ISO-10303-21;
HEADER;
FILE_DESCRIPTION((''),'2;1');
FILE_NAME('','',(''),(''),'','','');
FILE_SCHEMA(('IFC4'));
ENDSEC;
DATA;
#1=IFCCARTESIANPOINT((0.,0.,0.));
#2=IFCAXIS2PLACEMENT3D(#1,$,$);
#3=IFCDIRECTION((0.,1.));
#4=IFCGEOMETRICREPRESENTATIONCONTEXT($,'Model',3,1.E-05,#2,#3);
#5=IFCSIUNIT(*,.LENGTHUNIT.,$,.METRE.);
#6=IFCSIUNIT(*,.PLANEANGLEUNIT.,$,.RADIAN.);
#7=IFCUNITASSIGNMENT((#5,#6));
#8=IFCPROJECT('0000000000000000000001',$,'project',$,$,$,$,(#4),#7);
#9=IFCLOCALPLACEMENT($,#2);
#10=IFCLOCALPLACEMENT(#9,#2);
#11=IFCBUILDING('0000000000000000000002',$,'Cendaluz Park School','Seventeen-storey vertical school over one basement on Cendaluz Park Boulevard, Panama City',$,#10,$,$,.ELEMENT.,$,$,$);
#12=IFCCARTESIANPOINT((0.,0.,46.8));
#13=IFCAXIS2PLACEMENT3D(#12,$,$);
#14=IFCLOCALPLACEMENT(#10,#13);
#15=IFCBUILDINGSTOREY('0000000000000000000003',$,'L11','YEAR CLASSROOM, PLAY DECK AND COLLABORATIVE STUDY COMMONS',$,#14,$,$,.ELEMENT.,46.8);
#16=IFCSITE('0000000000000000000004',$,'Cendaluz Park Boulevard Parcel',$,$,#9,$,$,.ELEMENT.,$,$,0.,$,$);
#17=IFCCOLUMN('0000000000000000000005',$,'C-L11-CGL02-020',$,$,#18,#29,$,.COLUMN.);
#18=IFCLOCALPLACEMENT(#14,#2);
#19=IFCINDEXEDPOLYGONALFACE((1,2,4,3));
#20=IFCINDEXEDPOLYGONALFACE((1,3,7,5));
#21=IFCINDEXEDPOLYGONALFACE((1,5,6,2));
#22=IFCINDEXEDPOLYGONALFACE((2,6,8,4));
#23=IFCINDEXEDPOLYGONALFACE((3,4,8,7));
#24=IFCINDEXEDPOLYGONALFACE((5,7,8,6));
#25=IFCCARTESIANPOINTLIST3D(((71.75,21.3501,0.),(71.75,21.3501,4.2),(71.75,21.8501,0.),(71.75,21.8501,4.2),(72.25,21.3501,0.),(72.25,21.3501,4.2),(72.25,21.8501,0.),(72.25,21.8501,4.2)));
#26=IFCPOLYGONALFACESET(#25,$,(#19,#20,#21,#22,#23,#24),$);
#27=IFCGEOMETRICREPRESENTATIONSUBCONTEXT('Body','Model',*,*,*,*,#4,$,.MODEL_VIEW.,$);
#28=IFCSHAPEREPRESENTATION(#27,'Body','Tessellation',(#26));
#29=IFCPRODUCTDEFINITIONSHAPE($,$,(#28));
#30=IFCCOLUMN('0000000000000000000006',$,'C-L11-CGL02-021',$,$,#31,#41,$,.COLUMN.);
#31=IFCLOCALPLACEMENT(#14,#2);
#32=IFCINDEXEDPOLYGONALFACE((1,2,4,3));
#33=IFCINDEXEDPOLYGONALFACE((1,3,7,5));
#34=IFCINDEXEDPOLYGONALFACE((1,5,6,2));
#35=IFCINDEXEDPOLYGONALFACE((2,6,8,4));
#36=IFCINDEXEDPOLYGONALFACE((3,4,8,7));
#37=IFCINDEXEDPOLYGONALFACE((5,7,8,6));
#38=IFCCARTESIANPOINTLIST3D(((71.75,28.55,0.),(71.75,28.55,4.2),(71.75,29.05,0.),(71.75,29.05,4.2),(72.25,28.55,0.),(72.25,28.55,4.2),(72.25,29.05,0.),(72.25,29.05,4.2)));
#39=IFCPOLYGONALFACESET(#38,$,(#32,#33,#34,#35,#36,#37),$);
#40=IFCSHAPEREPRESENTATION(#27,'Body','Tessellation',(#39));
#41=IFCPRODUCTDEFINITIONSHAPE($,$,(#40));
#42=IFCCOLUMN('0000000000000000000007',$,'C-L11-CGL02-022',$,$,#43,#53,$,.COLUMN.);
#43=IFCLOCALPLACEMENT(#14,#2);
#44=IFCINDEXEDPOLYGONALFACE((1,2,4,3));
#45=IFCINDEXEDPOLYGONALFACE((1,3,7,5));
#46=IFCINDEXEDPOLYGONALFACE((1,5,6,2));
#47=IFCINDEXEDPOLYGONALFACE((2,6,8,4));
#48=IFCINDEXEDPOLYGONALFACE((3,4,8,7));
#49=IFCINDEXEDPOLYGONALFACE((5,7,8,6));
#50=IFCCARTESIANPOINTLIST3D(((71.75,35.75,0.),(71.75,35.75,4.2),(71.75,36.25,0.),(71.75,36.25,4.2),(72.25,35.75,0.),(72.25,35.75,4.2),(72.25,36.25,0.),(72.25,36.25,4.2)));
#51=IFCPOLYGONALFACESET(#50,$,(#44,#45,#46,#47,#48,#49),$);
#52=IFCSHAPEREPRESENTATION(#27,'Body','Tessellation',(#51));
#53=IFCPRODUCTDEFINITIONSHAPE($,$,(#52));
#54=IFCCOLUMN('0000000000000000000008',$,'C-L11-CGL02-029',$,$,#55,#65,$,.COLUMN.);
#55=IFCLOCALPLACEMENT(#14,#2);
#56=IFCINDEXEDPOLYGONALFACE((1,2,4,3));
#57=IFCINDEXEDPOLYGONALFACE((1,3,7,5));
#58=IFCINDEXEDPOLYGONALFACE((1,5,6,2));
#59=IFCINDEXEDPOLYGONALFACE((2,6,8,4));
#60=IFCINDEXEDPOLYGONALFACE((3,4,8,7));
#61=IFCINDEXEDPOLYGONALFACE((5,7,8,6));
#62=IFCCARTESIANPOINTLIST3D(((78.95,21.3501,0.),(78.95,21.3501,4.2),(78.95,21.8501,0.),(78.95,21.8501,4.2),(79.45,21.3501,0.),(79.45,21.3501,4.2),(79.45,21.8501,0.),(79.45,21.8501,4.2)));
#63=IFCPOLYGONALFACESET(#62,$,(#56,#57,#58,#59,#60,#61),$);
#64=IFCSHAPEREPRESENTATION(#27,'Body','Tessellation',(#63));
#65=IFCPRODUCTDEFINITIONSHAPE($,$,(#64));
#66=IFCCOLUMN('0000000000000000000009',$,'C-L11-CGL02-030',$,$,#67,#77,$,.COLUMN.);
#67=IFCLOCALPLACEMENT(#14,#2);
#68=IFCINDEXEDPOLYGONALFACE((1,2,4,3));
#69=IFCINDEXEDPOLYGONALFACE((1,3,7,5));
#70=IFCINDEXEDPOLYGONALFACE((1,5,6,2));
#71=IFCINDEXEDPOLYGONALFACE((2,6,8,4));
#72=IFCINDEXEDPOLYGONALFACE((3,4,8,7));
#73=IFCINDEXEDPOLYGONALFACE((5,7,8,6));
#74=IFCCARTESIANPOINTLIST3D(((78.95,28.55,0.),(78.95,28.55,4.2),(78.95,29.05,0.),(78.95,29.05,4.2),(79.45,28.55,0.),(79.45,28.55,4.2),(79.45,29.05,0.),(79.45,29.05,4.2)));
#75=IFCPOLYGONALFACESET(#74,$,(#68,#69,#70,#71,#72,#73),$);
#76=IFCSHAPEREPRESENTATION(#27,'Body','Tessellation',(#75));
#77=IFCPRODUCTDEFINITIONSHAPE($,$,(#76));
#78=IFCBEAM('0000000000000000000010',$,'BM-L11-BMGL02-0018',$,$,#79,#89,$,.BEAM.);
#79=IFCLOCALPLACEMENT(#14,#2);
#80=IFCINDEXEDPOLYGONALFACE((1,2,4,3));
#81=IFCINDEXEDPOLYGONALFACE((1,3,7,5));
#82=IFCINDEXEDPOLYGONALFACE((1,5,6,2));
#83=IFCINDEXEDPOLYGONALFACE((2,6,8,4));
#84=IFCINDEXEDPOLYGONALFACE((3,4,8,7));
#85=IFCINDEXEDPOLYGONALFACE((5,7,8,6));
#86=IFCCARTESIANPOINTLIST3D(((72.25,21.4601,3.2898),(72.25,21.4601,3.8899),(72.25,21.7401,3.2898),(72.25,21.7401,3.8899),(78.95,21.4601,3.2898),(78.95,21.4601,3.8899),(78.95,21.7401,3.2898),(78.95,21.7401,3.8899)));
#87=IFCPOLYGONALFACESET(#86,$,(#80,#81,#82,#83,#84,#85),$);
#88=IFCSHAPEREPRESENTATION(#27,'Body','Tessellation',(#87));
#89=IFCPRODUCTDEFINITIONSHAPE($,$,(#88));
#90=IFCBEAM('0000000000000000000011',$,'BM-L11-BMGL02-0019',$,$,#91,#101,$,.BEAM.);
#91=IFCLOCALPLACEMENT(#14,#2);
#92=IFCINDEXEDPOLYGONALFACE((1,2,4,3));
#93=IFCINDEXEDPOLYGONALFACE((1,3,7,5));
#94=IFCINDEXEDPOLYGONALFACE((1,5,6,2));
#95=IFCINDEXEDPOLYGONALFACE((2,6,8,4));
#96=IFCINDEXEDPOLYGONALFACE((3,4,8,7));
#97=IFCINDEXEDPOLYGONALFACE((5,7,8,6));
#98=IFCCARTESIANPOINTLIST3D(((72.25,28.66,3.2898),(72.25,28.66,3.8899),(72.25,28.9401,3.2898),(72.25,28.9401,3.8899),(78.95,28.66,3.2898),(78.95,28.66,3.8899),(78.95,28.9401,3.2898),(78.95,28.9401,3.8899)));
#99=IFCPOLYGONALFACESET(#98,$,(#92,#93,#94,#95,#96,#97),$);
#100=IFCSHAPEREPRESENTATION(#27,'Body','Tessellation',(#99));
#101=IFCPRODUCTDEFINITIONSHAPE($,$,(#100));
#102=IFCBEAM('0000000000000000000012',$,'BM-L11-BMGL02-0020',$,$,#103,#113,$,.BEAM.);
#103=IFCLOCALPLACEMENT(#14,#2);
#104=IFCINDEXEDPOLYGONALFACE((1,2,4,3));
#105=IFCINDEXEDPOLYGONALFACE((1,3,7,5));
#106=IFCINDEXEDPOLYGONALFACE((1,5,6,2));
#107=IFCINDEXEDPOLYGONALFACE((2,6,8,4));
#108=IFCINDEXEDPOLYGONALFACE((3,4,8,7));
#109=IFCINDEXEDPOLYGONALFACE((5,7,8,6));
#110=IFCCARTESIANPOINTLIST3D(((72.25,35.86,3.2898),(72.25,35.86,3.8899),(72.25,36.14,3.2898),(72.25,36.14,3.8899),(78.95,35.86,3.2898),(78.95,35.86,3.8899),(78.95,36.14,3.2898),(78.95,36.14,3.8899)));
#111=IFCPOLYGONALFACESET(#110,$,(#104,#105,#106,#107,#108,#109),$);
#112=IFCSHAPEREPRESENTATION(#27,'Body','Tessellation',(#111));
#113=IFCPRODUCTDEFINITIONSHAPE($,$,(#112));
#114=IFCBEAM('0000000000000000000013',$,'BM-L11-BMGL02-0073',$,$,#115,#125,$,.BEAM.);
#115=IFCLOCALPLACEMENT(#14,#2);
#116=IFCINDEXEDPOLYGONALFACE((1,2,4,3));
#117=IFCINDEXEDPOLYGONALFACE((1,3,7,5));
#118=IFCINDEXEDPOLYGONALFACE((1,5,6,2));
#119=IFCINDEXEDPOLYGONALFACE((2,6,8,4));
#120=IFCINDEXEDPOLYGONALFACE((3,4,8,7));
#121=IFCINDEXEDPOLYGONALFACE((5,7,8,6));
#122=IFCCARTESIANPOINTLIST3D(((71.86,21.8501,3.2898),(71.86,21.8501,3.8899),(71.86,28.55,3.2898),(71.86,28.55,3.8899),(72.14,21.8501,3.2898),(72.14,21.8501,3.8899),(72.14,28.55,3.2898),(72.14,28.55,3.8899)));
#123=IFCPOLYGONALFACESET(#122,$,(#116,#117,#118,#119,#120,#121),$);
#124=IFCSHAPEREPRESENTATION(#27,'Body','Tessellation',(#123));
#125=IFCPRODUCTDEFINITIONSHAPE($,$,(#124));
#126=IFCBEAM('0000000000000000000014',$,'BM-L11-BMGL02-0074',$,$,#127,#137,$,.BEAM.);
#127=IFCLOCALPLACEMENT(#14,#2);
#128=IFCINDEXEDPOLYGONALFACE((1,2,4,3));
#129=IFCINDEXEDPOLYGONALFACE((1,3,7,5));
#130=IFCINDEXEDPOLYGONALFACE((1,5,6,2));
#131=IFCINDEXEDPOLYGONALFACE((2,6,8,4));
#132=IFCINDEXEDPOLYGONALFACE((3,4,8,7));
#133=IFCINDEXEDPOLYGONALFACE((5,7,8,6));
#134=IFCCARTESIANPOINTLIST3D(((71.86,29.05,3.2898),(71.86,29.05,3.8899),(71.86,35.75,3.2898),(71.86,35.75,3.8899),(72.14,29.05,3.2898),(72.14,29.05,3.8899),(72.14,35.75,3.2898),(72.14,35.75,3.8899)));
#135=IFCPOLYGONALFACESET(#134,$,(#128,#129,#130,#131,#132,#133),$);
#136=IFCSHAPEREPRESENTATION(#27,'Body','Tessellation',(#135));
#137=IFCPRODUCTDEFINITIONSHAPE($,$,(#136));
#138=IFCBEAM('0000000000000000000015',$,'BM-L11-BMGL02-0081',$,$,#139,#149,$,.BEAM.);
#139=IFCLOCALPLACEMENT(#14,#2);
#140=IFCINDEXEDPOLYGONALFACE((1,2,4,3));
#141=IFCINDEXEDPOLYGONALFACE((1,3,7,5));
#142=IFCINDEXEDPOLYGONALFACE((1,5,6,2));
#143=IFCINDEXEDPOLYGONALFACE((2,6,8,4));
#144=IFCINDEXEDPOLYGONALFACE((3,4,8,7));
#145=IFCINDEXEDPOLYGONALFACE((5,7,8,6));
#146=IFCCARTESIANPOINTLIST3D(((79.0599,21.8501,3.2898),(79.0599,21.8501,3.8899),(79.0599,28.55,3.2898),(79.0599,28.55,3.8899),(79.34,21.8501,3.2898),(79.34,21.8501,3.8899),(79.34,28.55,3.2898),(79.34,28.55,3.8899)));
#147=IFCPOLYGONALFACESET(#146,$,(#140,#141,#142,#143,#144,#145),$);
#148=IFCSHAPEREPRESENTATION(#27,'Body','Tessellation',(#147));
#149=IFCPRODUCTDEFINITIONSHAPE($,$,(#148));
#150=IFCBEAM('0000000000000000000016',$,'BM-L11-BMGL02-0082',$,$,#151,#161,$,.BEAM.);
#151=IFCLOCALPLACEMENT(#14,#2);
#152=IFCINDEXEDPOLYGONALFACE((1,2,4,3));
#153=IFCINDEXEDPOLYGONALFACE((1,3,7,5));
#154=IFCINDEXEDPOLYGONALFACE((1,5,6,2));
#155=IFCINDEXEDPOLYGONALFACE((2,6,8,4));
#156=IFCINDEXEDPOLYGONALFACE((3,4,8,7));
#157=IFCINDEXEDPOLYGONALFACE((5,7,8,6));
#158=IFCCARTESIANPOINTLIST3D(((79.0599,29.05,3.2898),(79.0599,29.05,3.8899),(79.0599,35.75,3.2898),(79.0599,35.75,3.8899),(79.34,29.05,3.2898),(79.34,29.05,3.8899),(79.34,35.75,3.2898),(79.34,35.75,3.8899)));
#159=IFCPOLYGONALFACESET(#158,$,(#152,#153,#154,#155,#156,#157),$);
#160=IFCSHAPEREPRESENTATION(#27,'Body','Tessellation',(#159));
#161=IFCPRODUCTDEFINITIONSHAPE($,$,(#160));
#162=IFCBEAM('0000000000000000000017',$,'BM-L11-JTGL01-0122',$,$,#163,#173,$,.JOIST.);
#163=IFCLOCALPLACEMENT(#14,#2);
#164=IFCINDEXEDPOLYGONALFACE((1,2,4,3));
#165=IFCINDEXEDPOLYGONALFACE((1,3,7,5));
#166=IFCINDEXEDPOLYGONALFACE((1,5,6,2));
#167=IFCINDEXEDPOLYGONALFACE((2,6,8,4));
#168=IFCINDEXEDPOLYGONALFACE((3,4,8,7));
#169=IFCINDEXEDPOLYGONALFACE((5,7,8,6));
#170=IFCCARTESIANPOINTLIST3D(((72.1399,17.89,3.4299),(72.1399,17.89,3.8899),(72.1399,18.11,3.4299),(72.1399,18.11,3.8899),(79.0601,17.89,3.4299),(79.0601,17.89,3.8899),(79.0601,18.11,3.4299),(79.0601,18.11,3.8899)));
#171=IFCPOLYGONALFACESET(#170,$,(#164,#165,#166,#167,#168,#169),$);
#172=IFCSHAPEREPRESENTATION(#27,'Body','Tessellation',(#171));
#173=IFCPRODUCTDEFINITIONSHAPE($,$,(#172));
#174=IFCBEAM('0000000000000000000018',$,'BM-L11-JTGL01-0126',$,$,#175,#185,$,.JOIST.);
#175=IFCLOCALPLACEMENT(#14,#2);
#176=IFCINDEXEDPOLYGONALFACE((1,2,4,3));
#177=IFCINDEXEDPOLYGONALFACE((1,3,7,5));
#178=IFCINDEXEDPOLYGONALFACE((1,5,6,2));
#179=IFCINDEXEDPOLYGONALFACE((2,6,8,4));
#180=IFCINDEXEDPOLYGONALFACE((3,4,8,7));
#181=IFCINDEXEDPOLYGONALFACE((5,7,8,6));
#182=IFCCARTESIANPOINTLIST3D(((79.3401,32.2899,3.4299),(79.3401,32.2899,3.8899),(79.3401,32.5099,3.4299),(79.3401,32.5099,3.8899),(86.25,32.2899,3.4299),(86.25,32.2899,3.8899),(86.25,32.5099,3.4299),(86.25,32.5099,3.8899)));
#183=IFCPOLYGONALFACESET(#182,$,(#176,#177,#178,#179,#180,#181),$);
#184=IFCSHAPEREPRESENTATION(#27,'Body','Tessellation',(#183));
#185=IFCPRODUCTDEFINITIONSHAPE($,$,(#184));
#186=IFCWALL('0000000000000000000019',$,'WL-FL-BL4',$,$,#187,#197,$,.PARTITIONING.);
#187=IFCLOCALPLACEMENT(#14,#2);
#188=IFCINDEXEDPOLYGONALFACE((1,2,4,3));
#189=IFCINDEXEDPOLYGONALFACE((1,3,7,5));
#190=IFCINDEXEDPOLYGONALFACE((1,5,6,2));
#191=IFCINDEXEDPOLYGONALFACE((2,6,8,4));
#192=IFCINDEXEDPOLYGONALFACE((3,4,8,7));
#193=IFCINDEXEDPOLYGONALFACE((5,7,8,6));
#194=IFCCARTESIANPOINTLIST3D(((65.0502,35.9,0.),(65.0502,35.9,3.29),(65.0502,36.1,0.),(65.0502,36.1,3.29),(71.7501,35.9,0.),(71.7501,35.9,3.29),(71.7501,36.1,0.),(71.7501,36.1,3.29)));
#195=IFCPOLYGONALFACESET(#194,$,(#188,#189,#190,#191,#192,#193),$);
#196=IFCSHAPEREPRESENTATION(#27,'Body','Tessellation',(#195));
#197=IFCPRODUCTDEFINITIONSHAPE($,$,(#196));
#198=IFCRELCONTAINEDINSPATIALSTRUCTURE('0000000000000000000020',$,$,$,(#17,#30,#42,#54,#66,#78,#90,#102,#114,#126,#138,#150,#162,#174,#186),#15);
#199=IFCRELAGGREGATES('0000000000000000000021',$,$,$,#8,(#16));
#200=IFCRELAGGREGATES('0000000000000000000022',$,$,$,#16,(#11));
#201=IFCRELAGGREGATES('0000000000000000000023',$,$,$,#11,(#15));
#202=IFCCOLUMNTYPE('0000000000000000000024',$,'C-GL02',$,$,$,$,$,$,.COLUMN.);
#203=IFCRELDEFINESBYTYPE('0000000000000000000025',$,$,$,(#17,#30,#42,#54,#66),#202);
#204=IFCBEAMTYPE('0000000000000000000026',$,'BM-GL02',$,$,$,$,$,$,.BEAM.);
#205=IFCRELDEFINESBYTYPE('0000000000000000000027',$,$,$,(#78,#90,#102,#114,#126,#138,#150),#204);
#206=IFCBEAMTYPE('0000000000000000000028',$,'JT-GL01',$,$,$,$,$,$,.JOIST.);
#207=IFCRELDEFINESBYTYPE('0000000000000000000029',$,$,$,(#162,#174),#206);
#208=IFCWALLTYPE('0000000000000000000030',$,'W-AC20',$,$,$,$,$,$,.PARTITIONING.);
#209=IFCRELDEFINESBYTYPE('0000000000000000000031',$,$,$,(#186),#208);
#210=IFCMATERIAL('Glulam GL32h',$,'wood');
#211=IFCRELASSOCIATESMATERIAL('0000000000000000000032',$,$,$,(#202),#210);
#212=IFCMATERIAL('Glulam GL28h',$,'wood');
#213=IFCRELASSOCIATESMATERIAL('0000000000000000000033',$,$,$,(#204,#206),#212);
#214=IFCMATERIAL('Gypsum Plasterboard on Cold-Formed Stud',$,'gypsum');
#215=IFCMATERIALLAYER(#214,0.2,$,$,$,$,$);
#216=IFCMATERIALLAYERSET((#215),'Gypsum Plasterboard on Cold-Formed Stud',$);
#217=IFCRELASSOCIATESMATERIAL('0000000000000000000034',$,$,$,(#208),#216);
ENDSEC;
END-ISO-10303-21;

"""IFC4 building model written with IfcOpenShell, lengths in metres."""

from ifc_helpers import new_model, si_unit, direction, frame, frame_2d, origin, origin_2d, place, context, subcontext, project, spatial, rectangle, extrude, material, layer, layer_set, material_profile, profile_set, type_object, element, save


model = new_model("IFC4")

# Units and contexts
model_context = context("Model", 3, precision=1e-05, world=origin(), true_north=direction((0.0, 1.0)))
body_context = subcontext(model_context, "Body", "Model", "MODEL_VIEW")
ifc_project = project(units=[si_unit("LENGTHUNIT", "METRE"), si_unit("PLANEANGLEUNIT", "RADIAN")], contexts=[model_context])

# Site, building, storey
site_placement = place(None, origin())
site = spatial("IfcSite", under=ifc_project, at=site_placement, Name="Cendaluz Park Boulevard Parcel", CompositionType="ELEMENT", RefElevation=0.0)
building_placement = place(site_placement, origin())
building = spatial("IfcBuilding", under=site, at=building_placement, Name="Cendaluz Park School", Description="Seventeen-storey vertical school over one basement on Cendaluz Park Boulevard, Panama City", CompositionType="ELEMENT")
storey_placement = place(building_placement, frame((0.0, 0.0, 46.8)))
storey = spatial("IfcBuildingStorey", under=building, at=storey_placement, Name="L11", Description="YEAR CLASSROOM, PLAY DECK AND COLLABORATIVE STUDY COMMONS", CompositionType="ELEMENT", Elevation=46.8)

# Columns
ifc_material_1 = material(Name="Glulam GL32h", Category="wood")
ifc_material_profile_1 = material_profile(ifc_material_1, rectangle(XDim=0.5, YDim=0.5, at=origin_2d()), Name="GL32h 500x500", Category="wood")
ifc_profile_set_1 = profile_set([ifc_material_profile_1], Name="Glulam GL32h")
column_type = type_object("IfcColumnType", Name="C-GL02", PredefinedType="COLUMN", material=ifc_profile_set_1)
for number, where, z_axis, x_axis, name in (
    (1, (72.0, 21.6001, 0.0), (0.0, 0.0, 1.0), (1.0, 0.0, 0.0), "C-L11-CGL02-020"),
    (2, (72.0, 28.8, 0.0), (0.0, 0.0, 1.0), (1.0, 0.0, 0.0), "C-L11-CGL02-021"),
    (3, (72.0, 36.0, 0.0), (0.0, 0.0, 1.0), (1.0, 0.0, 0.0), "C-L11-CGL02-022"),
    (4, (79.2, 21.6001, 0.0), (0.0, 0.0, 1.0), (1.0, 0.0, 0.0), "C-L11-CGL02-029"),
    (5, (79.2, 28.8, 0.0), (0.0, 0.0, 1.0), (1.0, 0.0, 0.0), "C-L11-CGL02-030"),
):
    element("IfcColumn", number, at=place(storey_placement, frame(where, z_axis=z_axis, x_axis=x_axis)), inside=storey, type_object=column_type, Name=name, PredefinedType="COLUMN", context=body_context, shape_type="SweptSolid", body=[
        extrude(rectangle(XDim=0.5, YDim=0.5, at=origin_2d()), origin(), (0.0, 0.0, 1.0), 4.2),
    ])

# Beams
ifc_material_2 = material(Name="Glulam GL28h", Category="wood")
ifc_material_profile_2 = material_profile(ifc_material_2, rectangle(XDim=0.28, YDim=0.6001, at=origin_2d()), Name="GL28h 280x600", Category="wood")
ifc_profile_set_2 = profile_set([ifc_material_profile_2], Name="Glulam GL28h")
beam_type_1 = type_object("IfcBeamType", Name="BM-GL02", PredefinedType="BEAM", material=ifc_profile_set_2)
for number, where, z_axis, x_axis, name in (
    (6, (72.25, 21.6001, 3.5898), (1.0, 0.0, 0.0), (0.0, 1.0, 0.0), "BM-L11-BMGL02-0018"),
    (7, (72.25, 28.8, 3.5898), (1.0, 0.0, 0.0), (0.0, 1.0, 0.0), "BM-L11-BMGL02-0019"),
    (8, (72.25, 36.0, 3.5898), (1.0, 0.0, 0.0), (0.0, 1.0, 0.0), "BM-L11-BMGL02-0020"),
    (9, (72.0, 21.8501, 3.5898), (0.0, 1.0, 0.0), (-1.0, 0.0, 0.0), "BM-L11-BMGL02-0073"),
    (10, (72.0, 29.05, 3.5898), (0.0, 1.0, 0.0), (-1.0, 0.0, 0.0), "BM-L11-BMGL02-0074"),
    (11, (79.2, 21.8501, 3.5898), (0.0, 1.0, 0.0), (-1.0, 0.0, 0.0), "BM-L11-BMGL02-0081"),
    (12, (79.2, 29.05, 3.5898), (0.0, 1.0, 0.0), (-1.0, 0.0, 0.0), "BM-L11-BMGL02-0082"),
):
    element("IfcBeam", number, at=place(storey_placement, frame(where, z_axis=z_axis, x_axis=x_axis)), inside=storey, type_object=beam_type_1, Name=name, PredefinedType="BEAM", context=body_context, shape_type="SweptSolid", body=[
        extrude(rectangle(XDim=0.28, YDim=0.6001, at=origin_2d()), origin(), (0.0, 0.0, 1.0), 6.7),
    ])
ifc_material_profile_3 = material_profile(ifc_material_2, rectangle(XDim=0.22, YDim=0.46, at=origin_2d()), Name="GL28h 220x460", Category="wood")
ifc_profile_set_3 = profile_set([ifc_material_profile_3], Name="Glulam GL28h")
beam_type_2 = type_object("IfcBeamType", Name="JT-GL01", PredefinedType="JOIST", material=ifc_profile_set_3)
beam_1_placement = place(storey_placement, frame((72.1399, 18.0, 3.6599), z_axis=(1.0, 0.0, 0.0), x_axis=(0.0, 1.0, 0.0)))
element("IfcBeam", 13, at=beam_1_placement, inside=storey, type_object=beam_type_2, Name="BM-L11-JTGL01-0122", PredefinedType="JOIST", context=body_context, shape_type="SweptSolid", body=[
    extrude(rectangle(XDim=0.22, YDim=0.46, at=origin_2d()), origin(), (0.0, 0.0, 1.0), 6.9202),
])
beam_2_placement = place(storey_placement, frame((79.3401, 32.3999, 3.6599), z_axis=(1.0, 0.0, 0.0), x_axis=(0.0, 1.0, 0.0)))
element("IfcBeam", 14, at=beam_2_placement, inside=storey, type_object=beam_type_2, Name="BM-L11-JTGL01-0126", PredefinedType="JOIST", context=body_context, shape_type="SweptSolid", body=[
    extrude(rectangle(XDim=0.22, YDim=0.46, at=origin_2d()), origin(), (0.0, 0.0, 1.0), 6.9099),
])

# Wall
ifc_material_3 = material(Name="Gypsum Plasterboard on Cold-Formed Stud", Category="gypsum")
ifc_layer_1 = layer(ifc_material_3, 0.2)
ifc_layer_set_1 = layer_set([ifc_layer_1], Name="Gypsum Plasterboard on Cold-Formed Stud")
wall_type_1 = type_object("IfcWallType", Name="W-AC20", PredefinedType="PARTITIONING", material=ifc_layer_set_1)
wall_1_placement = place(storey_placement, frame((65.05, 36.0, 0.0), z_axis=(0.0, 0.0, 1.0), x_axis=(1.0, 0.0, 0.0)))
element("IfcWall", 15, at=wall_1_placement, inside=storey, type_object=wall_type_1, Name="WL-FL-BL4", PredefinedType="PARTITIONING", context=body_context, shape_type="SweptSolid", body=[
    extrude(rectangle(XDim=6.7, YDim=0.2, at=frame_2d((3.3501, 0.0))), origin(), (0.0, 0.0, 1.0), 3.29),
])

save(model, "model.ifc")
